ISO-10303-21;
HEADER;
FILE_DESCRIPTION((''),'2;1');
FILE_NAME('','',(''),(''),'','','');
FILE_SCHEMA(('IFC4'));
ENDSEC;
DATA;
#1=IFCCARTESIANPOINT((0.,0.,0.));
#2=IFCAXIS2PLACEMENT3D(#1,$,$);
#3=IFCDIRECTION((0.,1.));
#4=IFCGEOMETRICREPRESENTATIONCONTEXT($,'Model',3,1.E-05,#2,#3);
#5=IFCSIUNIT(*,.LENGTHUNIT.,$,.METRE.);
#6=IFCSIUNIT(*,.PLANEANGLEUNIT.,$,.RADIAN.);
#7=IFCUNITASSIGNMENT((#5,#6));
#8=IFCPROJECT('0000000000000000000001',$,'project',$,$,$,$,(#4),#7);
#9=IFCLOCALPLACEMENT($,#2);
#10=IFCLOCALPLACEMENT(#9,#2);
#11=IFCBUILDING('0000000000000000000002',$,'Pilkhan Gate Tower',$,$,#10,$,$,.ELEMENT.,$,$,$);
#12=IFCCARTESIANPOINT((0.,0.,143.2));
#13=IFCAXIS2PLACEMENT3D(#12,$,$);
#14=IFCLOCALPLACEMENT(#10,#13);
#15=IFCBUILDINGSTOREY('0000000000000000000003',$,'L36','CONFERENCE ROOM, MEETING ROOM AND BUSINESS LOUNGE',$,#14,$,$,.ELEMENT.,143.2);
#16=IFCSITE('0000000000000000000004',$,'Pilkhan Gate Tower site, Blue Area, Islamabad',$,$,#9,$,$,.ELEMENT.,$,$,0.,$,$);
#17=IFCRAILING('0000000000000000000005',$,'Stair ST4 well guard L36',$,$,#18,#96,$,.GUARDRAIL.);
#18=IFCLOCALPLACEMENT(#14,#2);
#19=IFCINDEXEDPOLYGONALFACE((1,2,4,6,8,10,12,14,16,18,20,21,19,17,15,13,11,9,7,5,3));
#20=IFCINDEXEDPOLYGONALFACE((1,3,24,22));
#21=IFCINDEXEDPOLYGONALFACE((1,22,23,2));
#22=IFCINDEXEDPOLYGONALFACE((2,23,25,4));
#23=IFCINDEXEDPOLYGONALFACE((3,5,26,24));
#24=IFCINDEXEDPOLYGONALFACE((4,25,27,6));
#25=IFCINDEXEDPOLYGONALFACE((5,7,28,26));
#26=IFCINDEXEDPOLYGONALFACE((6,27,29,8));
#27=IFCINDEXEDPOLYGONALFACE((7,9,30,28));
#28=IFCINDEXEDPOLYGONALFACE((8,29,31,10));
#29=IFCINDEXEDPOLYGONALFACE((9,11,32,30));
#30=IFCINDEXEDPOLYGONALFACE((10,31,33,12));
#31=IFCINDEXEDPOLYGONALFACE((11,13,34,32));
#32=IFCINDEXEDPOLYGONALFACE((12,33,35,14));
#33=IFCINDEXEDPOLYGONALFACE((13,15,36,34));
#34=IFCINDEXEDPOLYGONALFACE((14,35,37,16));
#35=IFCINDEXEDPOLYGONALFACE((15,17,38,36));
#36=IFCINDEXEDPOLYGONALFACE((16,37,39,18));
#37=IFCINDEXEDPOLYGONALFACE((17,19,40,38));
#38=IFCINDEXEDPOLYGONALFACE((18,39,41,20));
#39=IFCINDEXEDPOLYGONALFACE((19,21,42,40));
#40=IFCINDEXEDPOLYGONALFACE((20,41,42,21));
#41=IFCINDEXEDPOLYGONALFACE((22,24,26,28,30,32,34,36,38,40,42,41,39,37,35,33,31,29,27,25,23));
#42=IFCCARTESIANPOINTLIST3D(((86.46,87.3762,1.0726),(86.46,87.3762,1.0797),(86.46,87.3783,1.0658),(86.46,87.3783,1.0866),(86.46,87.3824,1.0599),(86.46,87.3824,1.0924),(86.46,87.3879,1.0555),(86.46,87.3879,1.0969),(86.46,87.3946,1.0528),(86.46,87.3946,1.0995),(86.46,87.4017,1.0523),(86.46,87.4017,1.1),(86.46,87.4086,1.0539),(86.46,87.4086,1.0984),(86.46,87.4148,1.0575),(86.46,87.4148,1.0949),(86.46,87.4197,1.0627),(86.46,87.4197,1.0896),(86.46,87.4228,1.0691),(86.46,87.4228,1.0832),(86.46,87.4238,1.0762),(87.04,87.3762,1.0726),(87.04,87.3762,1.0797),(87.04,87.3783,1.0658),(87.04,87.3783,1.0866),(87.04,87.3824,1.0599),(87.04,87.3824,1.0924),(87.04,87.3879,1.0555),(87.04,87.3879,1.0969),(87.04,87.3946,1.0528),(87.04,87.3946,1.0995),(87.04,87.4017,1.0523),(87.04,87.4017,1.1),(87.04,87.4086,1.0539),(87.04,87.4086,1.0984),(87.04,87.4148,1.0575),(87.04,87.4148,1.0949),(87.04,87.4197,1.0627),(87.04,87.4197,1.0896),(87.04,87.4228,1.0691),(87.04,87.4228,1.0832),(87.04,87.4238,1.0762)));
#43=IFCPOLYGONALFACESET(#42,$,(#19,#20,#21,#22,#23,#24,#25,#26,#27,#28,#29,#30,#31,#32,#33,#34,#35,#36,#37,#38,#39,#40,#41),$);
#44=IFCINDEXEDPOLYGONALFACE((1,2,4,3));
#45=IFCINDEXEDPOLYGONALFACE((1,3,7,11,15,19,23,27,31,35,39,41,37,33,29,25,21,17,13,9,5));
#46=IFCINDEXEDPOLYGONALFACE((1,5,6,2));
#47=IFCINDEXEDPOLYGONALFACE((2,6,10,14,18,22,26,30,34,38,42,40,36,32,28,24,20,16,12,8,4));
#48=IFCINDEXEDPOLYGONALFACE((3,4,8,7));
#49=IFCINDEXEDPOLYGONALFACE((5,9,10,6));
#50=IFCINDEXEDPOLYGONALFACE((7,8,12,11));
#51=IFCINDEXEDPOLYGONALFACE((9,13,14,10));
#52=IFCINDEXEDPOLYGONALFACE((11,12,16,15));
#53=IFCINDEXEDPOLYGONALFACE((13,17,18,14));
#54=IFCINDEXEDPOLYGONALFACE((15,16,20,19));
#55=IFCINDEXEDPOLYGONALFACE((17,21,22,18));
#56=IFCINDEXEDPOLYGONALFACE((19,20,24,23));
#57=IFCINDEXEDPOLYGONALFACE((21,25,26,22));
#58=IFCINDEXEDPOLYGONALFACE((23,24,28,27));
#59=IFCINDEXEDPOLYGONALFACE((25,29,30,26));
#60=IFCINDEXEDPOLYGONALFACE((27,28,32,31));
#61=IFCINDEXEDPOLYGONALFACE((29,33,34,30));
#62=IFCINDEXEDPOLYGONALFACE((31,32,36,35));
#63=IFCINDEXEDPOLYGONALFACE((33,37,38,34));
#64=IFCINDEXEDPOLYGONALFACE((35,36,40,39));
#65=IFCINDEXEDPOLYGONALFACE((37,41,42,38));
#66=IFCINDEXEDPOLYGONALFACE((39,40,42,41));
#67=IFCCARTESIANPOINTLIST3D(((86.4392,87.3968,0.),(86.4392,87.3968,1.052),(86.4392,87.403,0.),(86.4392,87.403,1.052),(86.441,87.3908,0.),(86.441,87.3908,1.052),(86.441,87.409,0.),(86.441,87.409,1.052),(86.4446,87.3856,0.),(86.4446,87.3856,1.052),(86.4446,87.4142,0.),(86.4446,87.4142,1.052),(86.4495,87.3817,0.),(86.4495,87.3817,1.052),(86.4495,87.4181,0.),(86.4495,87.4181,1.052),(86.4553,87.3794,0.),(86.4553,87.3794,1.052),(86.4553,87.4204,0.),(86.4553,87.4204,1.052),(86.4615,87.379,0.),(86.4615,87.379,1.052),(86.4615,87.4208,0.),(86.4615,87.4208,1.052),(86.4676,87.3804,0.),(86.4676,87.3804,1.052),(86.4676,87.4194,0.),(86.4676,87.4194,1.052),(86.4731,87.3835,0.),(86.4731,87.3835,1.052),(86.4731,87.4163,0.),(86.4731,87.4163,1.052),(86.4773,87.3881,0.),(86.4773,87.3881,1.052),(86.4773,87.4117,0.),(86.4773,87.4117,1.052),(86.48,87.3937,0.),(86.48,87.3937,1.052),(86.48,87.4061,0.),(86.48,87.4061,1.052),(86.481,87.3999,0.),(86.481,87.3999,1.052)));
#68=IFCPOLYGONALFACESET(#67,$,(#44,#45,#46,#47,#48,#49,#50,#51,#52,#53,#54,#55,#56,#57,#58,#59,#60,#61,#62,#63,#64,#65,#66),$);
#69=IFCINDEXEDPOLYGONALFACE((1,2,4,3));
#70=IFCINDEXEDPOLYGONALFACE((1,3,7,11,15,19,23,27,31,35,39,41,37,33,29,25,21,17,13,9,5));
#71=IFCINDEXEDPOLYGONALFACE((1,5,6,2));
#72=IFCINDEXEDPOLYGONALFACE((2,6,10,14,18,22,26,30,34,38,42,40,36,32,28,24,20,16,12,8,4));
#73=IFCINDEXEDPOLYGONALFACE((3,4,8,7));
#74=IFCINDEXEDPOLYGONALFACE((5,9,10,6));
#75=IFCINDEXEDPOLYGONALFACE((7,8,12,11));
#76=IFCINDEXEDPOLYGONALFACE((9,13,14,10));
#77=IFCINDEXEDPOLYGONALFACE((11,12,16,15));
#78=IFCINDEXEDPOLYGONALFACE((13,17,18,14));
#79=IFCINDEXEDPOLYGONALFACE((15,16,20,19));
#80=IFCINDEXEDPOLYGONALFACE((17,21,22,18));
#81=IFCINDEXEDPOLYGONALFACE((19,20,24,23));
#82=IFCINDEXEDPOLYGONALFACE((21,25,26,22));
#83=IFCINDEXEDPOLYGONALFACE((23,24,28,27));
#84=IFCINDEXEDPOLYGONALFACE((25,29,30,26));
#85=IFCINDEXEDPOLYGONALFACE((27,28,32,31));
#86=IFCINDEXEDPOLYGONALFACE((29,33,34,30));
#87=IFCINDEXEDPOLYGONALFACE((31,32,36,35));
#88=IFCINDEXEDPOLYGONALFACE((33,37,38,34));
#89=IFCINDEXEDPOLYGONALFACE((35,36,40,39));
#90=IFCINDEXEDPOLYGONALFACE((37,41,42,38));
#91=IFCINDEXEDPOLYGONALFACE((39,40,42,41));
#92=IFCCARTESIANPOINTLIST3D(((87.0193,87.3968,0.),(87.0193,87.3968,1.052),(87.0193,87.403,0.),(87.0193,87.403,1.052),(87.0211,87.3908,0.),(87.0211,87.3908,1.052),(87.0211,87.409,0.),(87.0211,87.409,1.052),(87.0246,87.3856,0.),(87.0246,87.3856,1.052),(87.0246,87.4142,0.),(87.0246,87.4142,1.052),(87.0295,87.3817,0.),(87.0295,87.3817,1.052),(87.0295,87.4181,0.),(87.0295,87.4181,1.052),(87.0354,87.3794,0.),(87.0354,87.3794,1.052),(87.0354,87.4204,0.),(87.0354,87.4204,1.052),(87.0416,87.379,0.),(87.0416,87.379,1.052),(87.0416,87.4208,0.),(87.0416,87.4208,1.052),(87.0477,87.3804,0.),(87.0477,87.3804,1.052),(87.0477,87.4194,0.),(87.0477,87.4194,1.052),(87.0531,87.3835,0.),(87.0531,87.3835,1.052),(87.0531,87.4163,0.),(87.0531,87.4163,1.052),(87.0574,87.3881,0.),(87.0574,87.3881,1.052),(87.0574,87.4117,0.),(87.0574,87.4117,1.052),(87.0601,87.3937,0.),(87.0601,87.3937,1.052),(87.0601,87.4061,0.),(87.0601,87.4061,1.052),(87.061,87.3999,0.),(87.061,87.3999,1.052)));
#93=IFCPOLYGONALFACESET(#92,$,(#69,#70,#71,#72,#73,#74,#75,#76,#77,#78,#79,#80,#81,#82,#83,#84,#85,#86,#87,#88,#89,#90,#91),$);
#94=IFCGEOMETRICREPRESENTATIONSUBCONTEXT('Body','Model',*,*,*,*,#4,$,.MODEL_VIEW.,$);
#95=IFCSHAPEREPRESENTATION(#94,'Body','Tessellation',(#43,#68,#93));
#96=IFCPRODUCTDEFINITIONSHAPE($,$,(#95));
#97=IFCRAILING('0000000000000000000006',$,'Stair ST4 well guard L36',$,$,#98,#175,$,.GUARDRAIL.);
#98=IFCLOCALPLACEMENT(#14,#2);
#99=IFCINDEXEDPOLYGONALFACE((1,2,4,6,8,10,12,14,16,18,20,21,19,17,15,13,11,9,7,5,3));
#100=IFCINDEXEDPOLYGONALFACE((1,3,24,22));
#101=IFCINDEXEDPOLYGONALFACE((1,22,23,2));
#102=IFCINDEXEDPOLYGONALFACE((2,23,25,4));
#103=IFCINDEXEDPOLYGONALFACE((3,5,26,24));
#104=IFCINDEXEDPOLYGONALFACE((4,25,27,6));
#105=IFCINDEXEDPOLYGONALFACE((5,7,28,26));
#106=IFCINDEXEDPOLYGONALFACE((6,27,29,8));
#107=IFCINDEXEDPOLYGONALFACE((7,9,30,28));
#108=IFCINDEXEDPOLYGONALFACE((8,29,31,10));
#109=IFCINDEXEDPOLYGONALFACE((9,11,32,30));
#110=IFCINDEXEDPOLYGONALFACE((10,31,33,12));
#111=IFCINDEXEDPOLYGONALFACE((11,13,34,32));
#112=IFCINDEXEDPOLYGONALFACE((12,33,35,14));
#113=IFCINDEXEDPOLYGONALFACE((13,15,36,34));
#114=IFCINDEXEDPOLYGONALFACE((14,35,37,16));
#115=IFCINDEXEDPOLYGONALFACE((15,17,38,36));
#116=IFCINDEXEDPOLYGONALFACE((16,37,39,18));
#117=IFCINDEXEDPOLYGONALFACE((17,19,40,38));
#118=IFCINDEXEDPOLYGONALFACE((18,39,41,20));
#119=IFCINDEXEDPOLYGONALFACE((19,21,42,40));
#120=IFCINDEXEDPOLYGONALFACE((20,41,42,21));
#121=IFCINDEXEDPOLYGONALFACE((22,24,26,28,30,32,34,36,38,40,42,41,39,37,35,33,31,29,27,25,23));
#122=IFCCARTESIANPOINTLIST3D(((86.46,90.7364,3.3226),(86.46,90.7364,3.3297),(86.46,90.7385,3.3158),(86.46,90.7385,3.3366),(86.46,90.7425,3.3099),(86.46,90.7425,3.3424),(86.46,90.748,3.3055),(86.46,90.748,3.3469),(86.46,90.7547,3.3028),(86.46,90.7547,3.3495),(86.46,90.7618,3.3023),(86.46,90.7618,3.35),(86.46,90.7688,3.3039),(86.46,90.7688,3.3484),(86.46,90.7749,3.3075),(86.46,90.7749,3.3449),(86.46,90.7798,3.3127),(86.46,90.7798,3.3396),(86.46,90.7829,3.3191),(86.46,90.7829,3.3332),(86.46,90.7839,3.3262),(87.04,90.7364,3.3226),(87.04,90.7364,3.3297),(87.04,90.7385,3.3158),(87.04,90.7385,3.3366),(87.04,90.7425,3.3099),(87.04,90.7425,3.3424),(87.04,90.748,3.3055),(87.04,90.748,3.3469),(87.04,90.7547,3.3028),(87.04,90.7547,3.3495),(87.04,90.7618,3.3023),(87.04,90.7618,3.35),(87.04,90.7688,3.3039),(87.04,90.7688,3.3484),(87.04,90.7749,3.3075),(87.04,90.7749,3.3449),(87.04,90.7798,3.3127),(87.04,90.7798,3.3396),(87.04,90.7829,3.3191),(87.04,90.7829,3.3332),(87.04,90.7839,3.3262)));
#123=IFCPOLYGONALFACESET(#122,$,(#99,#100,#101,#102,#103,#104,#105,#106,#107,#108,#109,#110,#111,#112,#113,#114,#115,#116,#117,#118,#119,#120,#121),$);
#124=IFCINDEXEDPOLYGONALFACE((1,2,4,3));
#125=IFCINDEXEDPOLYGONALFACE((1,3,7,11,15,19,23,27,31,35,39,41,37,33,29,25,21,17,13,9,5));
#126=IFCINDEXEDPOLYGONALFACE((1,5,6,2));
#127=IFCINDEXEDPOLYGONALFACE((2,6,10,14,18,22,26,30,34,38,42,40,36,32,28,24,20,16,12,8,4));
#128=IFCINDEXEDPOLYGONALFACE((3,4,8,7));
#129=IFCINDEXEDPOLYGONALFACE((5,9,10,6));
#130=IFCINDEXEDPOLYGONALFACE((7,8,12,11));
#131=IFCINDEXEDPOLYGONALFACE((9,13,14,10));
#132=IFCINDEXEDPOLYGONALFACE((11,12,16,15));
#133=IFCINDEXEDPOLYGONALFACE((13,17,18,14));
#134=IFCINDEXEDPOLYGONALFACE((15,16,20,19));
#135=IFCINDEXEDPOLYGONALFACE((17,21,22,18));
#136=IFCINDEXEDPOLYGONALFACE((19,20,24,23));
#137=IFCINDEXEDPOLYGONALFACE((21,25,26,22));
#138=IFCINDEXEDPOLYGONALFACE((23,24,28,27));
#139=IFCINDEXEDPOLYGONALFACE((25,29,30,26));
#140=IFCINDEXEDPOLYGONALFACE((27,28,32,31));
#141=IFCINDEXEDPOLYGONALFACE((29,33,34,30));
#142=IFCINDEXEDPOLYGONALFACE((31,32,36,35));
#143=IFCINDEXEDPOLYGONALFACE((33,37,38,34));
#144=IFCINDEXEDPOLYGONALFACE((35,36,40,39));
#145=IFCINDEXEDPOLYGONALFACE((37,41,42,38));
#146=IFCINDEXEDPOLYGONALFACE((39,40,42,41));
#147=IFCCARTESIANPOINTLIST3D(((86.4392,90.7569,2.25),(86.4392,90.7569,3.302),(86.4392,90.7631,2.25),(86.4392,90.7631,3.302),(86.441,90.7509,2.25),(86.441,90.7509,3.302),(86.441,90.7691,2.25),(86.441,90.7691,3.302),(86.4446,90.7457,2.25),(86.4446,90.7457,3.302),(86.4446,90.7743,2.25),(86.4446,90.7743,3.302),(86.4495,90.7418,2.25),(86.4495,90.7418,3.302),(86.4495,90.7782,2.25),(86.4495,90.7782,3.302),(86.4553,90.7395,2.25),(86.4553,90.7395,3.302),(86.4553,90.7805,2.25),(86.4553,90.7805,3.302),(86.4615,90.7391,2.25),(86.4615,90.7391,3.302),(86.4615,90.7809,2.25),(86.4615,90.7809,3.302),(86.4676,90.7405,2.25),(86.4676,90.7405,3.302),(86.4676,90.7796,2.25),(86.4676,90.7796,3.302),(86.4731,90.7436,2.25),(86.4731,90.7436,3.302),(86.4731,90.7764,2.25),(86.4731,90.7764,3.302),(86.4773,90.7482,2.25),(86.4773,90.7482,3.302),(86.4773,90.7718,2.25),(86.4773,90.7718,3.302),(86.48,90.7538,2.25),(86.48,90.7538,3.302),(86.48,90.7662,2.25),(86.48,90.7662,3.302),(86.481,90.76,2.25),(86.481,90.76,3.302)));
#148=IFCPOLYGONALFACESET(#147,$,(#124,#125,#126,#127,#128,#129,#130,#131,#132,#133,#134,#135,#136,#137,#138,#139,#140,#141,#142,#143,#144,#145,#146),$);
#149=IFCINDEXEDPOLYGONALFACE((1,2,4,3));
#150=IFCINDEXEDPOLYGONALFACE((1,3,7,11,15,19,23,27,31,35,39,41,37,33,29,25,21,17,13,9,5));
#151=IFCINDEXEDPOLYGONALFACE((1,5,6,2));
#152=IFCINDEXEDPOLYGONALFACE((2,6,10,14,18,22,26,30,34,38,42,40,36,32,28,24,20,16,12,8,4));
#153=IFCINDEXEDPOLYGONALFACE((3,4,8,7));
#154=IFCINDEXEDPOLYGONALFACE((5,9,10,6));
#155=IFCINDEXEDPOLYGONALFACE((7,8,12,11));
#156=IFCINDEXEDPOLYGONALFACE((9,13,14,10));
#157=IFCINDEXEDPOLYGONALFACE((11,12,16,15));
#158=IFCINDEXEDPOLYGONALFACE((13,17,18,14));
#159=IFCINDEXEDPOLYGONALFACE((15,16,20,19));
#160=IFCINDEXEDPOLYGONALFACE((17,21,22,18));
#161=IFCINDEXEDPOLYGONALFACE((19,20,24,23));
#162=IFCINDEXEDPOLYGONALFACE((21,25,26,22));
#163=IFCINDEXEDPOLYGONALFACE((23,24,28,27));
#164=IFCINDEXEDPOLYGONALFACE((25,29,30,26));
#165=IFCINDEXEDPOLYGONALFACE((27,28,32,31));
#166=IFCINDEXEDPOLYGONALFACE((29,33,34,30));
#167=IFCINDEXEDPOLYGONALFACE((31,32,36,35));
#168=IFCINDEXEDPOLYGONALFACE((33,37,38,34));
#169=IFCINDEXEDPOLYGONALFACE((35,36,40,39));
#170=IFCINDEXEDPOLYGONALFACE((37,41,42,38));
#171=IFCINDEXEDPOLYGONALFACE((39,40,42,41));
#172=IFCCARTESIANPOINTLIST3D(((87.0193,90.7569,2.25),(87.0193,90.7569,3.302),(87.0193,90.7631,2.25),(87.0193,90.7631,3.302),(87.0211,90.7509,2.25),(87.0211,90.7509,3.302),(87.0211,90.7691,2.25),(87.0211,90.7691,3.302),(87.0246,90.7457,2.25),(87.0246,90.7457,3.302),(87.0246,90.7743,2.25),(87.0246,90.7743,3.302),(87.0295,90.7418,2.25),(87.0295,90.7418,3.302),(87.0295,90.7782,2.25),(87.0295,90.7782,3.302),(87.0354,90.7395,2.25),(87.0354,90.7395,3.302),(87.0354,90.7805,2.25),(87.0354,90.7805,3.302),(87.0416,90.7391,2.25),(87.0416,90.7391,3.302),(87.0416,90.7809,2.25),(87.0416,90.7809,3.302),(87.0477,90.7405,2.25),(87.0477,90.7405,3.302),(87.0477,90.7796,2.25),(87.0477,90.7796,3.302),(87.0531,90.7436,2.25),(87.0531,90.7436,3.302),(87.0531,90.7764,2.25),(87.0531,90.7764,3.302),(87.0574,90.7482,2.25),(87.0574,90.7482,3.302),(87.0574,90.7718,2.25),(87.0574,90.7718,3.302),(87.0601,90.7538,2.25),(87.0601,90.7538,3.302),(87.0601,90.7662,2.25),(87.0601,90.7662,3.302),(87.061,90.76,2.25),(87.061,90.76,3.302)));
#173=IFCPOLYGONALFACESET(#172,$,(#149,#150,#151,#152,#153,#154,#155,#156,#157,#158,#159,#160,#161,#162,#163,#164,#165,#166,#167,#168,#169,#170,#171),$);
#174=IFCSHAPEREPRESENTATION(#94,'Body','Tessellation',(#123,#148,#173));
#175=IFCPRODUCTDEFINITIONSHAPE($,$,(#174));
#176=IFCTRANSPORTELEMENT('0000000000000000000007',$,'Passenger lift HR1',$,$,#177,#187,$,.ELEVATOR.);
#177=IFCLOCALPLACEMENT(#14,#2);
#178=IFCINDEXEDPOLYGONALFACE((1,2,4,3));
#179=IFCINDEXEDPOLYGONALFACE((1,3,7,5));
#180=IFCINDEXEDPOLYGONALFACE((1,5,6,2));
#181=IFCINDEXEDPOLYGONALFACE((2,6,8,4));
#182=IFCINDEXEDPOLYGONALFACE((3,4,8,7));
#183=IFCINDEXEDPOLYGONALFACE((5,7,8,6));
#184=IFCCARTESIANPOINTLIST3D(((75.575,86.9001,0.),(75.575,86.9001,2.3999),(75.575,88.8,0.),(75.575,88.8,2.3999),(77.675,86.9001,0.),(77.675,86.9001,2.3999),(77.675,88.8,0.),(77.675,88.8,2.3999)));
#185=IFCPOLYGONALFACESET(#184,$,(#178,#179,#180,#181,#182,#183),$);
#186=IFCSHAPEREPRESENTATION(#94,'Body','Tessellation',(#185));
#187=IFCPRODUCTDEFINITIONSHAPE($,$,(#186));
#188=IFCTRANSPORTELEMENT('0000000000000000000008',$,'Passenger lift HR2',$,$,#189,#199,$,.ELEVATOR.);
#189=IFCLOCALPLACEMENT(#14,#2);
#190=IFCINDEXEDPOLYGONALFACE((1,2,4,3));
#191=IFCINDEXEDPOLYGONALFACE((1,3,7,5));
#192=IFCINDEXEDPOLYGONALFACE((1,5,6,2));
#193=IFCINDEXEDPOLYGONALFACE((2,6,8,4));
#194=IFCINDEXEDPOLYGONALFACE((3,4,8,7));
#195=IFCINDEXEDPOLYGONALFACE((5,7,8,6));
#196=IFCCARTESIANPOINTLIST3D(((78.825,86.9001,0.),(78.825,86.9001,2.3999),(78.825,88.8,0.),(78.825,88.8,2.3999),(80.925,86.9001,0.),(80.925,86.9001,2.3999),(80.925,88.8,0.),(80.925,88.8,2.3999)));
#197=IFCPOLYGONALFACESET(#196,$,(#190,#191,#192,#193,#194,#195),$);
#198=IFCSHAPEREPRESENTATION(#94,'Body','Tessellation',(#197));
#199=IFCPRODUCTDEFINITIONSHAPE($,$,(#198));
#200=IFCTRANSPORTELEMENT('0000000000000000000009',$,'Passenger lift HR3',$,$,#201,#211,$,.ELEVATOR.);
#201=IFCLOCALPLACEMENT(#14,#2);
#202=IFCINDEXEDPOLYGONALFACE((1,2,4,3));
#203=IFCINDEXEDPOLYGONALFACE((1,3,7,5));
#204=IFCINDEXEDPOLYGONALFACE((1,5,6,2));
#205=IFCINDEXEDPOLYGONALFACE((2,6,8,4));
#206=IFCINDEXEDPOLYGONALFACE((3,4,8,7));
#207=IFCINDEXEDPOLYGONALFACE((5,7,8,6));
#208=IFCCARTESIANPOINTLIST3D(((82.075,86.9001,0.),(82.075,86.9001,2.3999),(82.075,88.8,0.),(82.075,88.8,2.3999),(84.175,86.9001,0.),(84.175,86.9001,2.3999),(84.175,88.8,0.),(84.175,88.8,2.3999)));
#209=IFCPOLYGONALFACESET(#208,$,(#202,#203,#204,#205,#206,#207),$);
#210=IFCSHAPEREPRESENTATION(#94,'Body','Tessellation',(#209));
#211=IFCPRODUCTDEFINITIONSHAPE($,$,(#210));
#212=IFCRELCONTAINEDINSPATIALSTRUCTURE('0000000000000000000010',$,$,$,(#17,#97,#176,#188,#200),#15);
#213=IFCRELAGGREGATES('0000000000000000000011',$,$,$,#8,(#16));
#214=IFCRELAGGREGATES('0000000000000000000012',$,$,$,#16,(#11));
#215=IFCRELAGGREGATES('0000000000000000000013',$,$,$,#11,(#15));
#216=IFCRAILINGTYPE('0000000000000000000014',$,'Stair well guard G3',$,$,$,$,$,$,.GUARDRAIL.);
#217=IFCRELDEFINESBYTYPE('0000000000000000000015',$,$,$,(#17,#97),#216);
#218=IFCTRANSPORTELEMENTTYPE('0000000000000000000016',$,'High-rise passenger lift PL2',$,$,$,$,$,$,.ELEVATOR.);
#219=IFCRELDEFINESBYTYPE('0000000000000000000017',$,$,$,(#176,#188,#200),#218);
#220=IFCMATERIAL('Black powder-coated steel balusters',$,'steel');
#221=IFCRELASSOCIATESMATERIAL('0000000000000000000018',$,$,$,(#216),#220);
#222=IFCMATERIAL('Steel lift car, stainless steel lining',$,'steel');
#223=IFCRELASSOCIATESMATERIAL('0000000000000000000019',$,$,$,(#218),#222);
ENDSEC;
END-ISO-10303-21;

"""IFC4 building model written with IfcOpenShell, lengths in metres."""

from ifc_helpers import new_model, si_unit, direction, frame, origin, origin_2d, place, context, subcontext, project, spatial, rectangle, circle, extrude, material, type_object, element, save


model = new_model("IFC4")

# Units and contexts
model_context = context("Model", 3, precision=1e-05, world=origin(), true_north=direction((0.0, 1.0)))
body_context = subcontext(model_context, "Body", "Model", "MODEL_VIEW")
ifc_project = project(units=[si_unit("LENGTHUNIT", "METRE"), si_unit("PLANEANGLEUNIT", "RADIAN")], contexts=[model_context])

# Site, building, storey
site_placement = place(None, origin())
site = spatial("IfcSite", under=ifc_project, at=site_placement, Name="Pilkhan Gate Tower site, Blue Area, Islamabad", CompositionType="ELEMENT", RefElevation=0.0)
building_placement = place(site_placement, origin())
building = spatial("IfcBuilding", under=site, at=building_placement, Name="Pilkhan Gate Tower", CompositionType="ELEMENT")
storey_placement = place(building_placement, frame((0.0, 0.0, 143.2)))
storey = spatial("IfcBuildingStorey", under=building, at=storey_placement, Name="L36", Description="CONFERENCE ROOM, MEETING ROOM AND BUSINESS LOUNGE", CompositionType="ELEMENT", Elevation=143.2)

# Railings
ifc_material_1 = material(Name="Black powder-coated steel balusters", Category="steel")
railing_type_1 = type_object("IfcRailingType", Name="Stair well guard G3", PredefinedType="GUARDRAIL", material=ifc_material_1)
for number, where, name in (
    (1, (86.46, 87.3999, 0.0), "Stair ST4 well guard L36"),
    (2, (86.46, 90.76, 2.25), "Stair ST4 well guard L36"),
):
    element("IfcRailing", number, at=place(storey_placement, frame(where)), inside=storey, type_object=railing_type_1, Name=name, PredefinedType="GUARDRAIL", context=body_context, shape_type="SweptSolid", body=[
        extrude(circle(Radius=0.0239, at=origin_2d()), frame((0.0, 0.0, 1.0762), z_axis=(1.0, 0.0, 0.0), x_axis=(0.0, 1.0, 0.0)), (0.0, 0.0, 1.0), 0.5801),
        extrude(circle(Radius=0.021, at=origin_2d()), origin(), (0.0, 0.0, 1.0), 1.052),
        extrude(circle(Radius=0.021, at=origin_2d()), frame((0.5801, 0.0, 0.0)), (0.0, 0.0, 1.0), 1.052),
    ])

# Transport elements
ifc_material_2 = material(Name="Steel lift car, stainless steel lining", Category="steel")
transport_element_type = type_object("IfcTransportElementType", Name="High-rise passenger lift PL2", PredefinedType="ELEVATOR", material=ifc_material_2)
for number, where, z_axis, x_axis, name in (
    (3, (76.625, 87.8501, 0.0), (0.0, 0.0, 1.0), (1.0, 0.0, 0.0), "Passenger lift HR1"),
    (4, (79.875, 87.8501, 0.0), (0.0, 0.0, 1.0), (1.0, 0.0, 0.0), "Passenger lift HR2"),
    (5, (83.125, 87.8501, 0.0), (0.0, 0.0, 1.0), (1.0, 0.0, 0.0), "Passenger lift HR3"),
):
    element("IfcTransportElement", number, at=place(storey_placement, frame(where, z_axis=z_axis, x_axis=x_axis)), inside=storey, type_object=transport_element_type, Name=name, PredefinedType="ELEVATOR", context=body_context, shape_type="SweptSolid", body=[
        extrude(rectangle(XDim=2.1001, YDim=1.8999, at=origin_2d()), origin(), (0.0, 0.0, 1.0), 2.3999),
    ])

save(model, "model.ifc")
